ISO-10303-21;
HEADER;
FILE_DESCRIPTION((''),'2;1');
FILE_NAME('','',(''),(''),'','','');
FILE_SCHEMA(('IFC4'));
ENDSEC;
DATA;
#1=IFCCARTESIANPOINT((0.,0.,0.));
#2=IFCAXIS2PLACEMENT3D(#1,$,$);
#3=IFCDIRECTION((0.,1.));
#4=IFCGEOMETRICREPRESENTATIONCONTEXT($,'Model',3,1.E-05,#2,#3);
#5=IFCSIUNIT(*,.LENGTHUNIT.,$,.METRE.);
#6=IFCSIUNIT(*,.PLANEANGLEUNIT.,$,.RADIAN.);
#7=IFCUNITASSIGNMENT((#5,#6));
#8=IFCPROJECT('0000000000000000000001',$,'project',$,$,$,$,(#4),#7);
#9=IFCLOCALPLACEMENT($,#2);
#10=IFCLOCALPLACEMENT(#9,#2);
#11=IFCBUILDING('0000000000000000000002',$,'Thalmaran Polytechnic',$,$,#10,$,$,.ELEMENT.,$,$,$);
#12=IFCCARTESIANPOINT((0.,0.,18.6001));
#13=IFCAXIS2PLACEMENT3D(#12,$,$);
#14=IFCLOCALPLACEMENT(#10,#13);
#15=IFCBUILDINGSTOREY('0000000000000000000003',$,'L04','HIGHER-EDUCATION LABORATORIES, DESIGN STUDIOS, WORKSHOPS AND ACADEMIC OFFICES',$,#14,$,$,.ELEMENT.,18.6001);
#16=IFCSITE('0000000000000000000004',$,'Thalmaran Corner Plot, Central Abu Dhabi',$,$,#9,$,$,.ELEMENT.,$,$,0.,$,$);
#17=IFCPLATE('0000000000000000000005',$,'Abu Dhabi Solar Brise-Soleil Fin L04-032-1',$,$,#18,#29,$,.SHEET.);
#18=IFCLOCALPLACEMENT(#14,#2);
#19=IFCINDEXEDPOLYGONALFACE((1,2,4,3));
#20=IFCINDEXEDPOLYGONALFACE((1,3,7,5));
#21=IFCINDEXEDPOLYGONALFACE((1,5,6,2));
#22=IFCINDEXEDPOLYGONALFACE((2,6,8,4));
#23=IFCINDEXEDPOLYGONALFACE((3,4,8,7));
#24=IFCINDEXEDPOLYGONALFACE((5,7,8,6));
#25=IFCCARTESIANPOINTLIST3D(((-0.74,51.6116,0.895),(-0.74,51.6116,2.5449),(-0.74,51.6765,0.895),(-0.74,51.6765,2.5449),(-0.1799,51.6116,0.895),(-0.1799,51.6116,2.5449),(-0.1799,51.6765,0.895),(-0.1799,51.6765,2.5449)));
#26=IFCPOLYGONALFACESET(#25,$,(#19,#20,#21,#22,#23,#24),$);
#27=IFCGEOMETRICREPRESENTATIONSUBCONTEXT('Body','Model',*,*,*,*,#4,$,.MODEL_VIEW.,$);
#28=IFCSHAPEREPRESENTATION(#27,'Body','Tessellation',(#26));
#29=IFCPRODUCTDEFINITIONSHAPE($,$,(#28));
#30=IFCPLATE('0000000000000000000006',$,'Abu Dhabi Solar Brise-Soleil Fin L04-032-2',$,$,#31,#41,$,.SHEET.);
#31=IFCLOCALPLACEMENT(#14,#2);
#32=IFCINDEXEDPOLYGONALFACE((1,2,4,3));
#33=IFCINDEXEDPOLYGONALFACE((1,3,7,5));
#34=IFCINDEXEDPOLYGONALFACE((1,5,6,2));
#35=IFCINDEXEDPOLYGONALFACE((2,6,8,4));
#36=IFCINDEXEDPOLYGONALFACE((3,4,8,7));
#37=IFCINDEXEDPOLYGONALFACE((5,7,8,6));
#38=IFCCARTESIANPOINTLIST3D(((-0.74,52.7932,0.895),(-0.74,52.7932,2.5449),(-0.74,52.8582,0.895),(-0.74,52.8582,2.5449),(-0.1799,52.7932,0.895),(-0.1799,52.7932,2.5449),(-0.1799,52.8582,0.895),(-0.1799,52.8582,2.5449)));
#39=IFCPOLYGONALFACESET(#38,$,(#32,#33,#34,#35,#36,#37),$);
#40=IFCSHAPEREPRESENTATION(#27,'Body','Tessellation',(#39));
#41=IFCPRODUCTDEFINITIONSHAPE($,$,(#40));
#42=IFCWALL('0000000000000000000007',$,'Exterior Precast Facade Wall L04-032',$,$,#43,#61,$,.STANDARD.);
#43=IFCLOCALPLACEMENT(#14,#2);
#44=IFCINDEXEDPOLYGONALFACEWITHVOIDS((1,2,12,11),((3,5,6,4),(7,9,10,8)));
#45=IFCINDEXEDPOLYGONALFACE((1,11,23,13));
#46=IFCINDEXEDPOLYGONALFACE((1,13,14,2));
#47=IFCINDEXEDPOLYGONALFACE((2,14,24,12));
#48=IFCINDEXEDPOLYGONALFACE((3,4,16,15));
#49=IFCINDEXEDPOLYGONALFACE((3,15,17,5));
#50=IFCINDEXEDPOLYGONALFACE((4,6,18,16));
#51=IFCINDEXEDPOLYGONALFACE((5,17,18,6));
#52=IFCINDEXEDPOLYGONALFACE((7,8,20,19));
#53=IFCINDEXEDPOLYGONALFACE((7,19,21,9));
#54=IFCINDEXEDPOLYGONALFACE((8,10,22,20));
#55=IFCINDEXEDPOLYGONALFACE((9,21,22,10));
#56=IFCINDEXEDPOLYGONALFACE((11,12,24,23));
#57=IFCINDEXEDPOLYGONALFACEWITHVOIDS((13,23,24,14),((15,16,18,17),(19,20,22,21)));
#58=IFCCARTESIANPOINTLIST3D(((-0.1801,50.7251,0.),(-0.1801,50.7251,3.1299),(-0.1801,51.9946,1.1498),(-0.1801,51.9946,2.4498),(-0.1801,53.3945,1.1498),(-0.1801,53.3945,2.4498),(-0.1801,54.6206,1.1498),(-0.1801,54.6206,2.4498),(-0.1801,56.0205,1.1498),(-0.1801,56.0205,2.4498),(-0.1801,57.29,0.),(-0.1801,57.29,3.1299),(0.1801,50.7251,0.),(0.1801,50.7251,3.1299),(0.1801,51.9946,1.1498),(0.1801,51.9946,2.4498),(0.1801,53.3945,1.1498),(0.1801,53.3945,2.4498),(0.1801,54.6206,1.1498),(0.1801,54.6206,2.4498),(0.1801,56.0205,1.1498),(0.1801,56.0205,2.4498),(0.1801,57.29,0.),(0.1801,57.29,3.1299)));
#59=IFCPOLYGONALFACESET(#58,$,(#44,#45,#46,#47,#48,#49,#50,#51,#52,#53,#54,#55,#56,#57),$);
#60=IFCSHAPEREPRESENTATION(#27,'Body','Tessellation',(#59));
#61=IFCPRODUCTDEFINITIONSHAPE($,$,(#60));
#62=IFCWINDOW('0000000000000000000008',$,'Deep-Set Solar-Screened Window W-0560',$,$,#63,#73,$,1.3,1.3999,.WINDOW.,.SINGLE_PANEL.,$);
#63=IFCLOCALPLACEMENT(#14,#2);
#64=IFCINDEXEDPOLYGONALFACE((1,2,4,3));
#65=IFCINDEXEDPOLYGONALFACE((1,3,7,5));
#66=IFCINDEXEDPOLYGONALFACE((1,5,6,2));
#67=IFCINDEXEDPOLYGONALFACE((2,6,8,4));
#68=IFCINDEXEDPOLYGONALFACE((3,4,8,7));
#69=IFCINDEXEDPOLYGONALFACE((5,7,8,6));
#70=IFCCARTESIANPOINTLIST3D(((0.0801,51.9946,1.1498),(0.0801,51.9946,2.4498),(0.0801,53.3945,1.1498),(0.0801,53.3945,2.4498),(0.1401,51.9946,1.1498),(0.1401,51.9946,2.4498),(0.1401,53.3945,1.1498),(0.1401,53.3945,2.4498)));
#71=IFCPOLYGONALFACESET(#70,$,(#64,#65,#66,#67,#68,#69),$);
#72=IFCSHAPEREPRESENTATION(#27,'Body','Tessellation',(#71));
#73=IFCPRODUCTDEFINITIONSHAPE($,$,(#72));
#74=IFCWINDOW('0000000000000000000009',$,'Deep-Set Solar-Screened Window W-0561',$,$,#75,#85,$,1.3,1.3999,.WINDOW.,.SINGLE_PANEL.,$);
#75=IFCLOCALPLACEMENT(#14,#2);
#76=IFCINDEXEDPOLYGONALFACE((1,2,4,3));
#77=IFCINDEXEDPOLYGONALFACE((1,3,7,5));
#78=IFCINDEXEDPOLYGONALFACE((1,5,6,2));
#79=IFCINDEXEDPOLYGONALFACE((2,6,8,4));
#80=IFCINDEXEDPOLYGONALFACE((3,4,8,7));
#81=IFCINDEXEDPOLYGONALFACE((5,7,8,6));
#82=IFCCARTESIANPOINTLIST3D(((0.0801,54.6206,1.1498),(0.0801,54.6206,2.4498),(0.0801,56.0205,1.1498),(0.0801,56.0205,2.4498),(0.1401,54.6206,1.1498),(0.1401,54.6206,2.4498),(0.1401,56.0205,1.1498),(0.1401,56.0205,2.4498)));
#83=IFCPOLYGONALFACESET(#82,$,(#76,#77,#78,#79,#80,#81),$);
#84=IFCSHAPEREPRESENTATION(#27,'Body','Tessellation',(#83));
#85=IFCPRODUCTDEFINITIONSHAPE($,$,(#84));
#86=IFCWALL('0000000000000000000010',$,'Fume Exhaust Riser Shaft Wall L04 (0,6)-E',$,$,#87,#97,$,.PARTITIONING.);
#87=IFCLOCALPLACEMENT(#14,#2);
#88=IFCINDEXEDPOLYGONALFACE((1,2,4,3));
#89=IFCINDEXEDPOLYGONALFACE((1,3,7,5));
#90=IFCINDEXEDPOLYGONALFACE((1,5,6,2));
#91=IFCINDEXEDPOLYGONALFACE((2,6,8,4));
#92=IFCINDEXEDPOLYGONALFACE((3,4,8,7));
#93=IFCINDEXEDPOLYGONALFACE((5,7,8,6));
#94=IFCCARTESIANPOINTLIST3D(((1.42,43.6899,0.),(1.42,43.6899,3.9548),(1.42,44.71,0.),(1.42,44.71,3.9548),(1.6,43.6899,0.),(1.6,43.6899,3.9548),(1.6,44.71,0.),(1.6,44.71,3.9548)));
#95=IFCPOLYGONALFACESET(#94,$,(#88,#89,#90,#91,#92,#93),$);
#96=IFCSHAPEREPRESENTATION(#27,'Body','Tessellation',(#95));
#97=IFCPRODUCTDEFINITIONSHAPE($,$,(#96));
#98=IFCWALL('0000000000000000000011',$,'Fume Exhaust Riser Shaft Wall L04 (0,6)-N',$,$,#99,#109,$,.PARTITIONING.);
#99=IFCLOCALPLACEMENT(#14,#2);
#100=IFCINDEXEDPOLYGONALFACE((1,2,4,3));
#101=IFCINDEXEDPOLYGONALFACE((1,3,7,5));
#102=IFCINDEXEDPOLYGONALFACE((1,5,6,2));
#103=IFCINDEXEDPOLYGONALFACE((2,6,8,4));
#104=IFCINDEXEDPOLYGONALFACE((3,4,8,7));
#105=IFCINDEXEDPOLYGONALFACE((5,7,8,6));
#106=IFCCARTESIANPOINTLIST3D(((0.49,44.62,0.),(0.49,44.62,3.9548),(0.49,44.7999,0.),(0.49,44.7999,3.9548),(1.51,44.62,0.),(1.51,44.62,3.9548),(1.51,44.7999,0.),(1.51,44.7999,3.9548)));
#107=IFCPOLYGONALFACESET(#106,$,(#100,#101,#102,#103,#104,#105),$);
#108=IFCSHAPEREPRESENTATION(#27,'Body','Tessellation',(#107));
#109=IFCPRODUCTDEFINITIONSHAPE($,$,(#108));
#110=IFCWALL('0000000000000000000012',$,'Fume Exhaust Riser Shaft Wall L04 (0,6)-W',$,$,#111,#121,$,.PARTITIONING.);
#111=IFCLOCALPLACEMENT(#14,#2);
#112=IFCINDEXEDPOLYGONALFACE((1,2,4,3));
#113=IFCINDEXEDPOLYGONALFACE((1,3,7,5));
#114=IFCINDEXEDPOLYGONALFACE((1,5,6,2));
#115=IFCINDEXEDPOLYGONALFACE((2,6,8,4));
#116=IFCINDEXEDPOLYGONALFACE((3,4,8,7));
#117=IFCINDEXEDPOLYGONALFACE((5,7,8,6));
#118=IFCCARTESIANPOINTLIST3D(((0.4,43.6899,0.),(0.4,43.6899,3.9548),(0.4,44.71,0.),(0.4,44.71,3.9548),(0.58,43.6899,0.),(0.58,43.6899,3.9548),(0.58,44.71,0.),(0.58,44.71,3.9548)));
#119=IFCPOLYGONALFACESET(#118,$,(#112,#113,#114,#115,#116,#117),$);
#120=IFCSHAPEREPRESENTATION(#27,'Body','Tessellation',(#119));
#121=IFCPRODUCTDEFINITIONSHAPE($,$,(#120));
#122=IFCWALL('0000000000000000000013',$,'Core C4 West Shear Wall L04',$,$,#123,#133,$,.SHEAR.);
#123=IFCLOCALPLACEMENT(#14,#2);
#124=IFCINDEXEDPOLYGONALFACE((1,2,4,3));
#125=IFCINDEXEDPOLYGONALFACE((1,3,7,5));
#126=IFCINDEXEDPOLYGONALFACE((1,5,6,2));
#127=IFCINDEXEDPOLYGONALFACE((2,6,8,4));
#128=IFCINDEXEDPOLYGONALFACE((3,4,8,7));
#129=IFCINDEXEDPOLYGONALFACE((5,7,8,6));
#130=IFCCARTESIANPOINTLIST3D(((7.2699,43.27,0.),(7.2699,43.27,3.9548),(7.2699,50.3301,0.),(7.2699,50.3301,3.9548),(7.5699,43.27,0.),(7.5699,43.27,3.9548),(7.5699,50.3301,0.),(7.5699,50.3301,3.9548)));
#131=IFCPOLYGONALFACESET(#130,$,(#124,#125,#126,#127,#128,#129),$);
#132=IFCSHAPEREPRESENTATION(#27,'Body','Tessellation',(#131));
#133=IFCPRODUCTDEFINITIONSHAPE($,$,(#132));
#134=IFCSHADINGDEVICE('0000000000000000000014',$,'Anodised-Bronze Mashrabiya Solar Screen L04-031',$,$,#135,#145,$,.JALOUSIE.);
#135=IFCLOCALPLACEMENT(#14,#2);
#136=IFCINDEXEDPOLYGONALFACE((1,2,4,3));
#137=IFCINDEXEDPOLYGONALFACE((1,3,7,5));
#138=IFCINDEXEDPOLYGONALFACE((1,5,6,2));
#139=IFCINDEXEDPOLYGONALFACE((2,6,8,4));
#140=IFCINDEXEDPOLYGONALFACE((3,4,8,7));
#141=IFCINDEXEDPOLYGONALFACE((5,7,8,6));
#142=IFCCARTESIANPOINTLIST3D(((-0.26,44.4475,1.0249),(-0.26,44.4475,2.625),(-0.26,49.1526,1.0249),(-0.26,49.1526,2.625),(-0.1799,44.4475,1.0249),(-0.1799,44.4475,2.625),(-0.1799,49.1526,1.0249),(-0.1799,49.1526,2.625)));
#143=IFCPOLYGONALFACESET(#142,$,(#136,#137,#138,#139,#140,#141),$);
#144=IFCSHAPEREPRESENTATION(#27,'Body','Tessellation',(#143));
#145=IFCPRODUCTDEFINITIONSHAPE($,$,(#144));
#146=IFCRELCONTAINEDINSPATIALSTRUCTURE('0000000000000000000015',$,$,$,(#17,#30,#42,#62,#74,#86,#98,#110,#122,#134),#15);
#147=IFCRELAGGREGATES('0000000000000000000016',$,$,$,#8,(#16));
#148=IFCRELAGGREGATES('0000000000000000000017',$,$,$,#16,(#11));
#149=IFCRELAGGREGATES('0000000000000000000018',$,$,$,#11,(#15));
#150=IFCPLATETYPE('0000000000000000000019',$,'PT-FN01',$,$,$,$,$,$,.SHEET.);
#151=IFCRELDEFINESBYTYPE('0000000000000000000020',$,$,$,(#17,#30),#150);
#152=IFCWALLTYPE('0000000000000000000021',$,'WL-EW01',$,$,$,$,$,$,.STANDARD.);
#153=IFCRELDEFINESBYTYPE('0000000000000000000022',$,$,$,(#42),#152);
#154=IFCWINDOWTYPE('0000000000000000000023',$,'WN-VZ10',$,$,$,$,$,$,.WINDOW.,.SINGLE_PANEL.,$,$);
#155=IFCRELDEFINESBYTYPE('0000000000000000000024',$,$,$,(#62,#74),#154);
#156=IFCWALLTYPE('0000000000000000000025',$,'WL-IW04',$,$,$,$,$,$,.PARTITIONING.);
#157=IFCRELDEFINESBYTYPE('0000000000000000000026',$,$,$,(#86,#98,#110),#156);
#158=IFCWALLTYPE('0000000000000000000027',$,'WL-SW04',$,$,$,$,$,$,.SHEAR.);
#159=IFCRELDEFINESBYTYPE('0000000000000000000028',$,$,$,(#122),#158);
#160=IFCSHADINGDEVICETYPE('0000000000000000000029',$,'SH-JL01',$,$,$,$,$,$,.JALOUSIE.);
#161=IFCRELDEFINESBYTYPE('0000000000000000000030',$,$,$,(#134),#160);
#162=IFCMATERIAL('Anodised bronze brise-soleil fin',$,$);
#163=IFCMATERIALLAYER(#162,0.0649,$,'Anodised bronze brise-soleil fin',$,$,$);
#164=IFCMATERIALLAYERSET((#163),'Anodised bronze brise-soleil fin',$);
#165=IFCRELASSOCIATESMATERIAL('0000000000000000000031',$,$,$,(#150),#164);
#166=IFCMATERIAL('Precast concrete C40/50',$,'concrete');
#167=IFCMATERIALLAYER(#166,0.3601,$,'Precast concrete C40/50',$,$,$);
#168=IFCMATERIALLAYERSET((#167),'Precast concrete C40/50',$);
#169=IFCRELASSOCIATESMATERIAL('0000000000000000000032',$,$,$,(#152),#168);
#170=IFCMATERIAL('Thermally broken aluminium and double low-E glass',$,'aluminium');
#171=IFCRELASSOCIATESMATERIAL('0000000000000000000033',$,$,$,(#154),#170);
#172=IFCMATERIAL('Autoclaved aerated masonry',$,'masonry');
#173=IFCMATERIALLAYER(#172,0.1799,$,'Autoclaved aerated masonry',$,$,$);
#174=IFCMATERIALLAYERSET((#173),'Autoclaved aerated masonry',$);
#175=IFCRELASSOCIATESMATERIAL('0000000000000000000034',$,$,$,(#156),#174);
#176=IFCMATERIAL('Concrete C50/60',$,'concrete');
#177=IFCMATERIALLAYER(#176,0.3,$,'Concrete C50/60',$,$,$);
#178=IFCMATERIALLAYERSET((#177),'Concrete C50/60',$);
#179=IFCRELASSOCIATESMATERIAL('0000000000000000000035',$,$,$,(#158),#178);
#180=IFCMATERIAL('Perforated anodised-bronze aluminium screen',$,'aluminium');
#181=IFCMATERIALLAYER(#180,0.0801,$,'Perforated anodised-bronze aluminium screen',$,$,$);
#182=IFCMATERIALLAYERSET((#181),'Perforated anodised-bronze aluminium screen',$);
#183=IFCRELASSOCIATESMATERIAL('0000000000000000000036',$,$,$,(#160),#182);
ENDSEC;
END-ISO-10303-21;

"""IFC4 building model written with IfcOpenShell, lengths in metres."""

from ifc_helpers import new_model, si_unit, direction, frame, frame_2d, origin, origin_2d, place, context, subcontext, project, spatial, rectangle, extrude, material, layer, layer_set, type_object, element, fill, save


model = new_model("IFC4")

# Units and contexts
model_context = context("Model", 3, precision=1e-05, world=origin(), true_north=direction((0.0, 1.0)))
body_context = subcontext(model_context, "Body", "Model", "MODEL_VIEW")
ifc_project = project(units=[si_unit("LENGTHUNIT", "METRE"), si_unit("PLANEANGLEUNIT", "RADIAN")], contexts=[model_context])

# Site, building, storey
site_placement = place(None, origin())
site = spatial("IfcSite", under=ifc_project, at=site_placement, Name="Thalmaran Corner Plot, Central Abu Dhabi", CompositionType="ELEMENT", RefElevation=0.0)
building_placement = place(site_placement, origin())
building = spatial("IfcBuilding", under=site, at=building_placement, Name="Thalmaran Polytechnic", CompositionType="ELEMENT")
storey_placement = place(building_placement, frame((0.0, 0.0, 18.6001)))
storey = spatial("IfcBuildingStorey", under=building, at=storey_placement, Name="L04", Description="HIGHER-EDUCATION LABORATORIES, DESIGN STUDIOS, WORKSHOPS AND ACADEMIC OFFICES", CompositionType="ELEMENT", Elevation=18.6001)

# Plates
ifc_material_1 = material(Name="Anodised bronze brise-soleil fin")
ifc_layer_1 = layer(ifc_material_1, 0.0649, Name="Anodised bronze brise-soleil fin")
ifc_layer_set_1 = layer_set([ifc_layer_1], Name="Anodised bronze brise-soleil fin")
plate_type_1 = type_object("IfcPlateType", Name="PT-FN01", PredefinedType="SHEET", material=ifc_layer_set_1)
for number, where, z_axis, x_axis, name in (
    (1, (-0.46, 51.644, 0.895), (0.0, 0.0, 1.0), (0.0, 1.0, 0.0), "Abu Dhabi Solar Brise-Soleil Fin L04-032-1"),
    (2, (-0.46, 52.8257, 0.895), (0.0, 0.0, 1.0), (0.0, 1.0, 0.0), "Abu Dhabi Solar Brise-Soleil Fin L04-032-2"),
):
    element("IfcPlate", number, at=place(storey_placement, frame(where, z_axis=z_axis, x_axis=x_axis)), inside=storey, type_object=plate_type_1, Name=name, PredefinedType="SHEET", context=body_context, shape_type="SweptSolid", body=[
        extrude(rectangle(XDim=0.0649, YDim=0.5601, at=origin_2d()), origin(), (0.0, 0.0, 1.0), 1.6499),
    ])

# Wall, openings, windows
ifc_material_2 = material(Name="Precast concrete C40/50", Category="concrete")
ifc_layer_2 = layer(ifc_material_2, 0.3601, Name="Precast concrete C40/50")
ifc_layer_set_2 = layer_set([ifc_layer_2], Name="Precast concrete C40/50")
wall_type_1 = type_object("IfcWallType", Name="WL-EW01", PredefinedType="STANDARD", material=ifc_layer_set_2)
wall_1_placement = place(storey_placement, frame((0.0, 50.7251, 0.0), z_axis=(0.0, 0.0, 1.0), x_axis=(0.0, 1.0, 0.0)))
wall_1 = element("IfcWall", 3, at=wall_1_placement, inside=storey, type_object=wall_type_1, Name="Exterior Precast Facade Wall L04-032", PredefinedType="STANDARD", context=body_context, shape_type="SweptSolid", body=[
    extrude(rectangle(XDim=6.5649, YDim=0.3601, at=frame_2d((3.2825, 0.0))), origin(), (0.0, 0.0, 1.0), 3.1299),
])
opening_1_placement = place(wall_1_placement, frame((1.2695, 0.0, 1.1499)))
opening_1 = element("IfcOpeningElement", 4, at=opening_1_placement, cuts=wall_1, PredefinedType="OPENING", context=body_context, shape_type="SweptSolid", body=[
    extrude(rectangle(XDim=1.3999, YDim=1.3, at=frame_2d((0.7, 0.6499))), frame((0.0, 0.1899, 0.0), z_axis=(0.0, -1.0, 0.0), x_axis=(1.0, 0.0, 0.0)), (0.0, 0.0, 1.0), 0.3801),
])
opening_2_placement = place(wall_1_placement, frame((3.8955, 0.0, 1.1499)))
opening_2 = element("IfcOpeningElement", 5, at=opening_2_placement, cuts=wall_1, PredefinedType="OPENING", context=body_context, shape_type="SweptSolid", body=[
    extrude(rectangle(XDim=1.3999, YDim=1.3, at=frame_2d((0.7, 0.6499))), frame((0.0, 0.1899, 0.0), z_axis=(0.0, -1.0, 0.0), x_axis=(1.0, 0.0, 0.0)), (0.0, 0.0, 1.0), 0.3801),
])
ifc_material_3 = material(Name="Thermally broken aluminium and double low-E glass", Category="aluminium")
window_type = type_object("IfcWindowType", Name="WN-VZ10", PartitioningType="SINGLE_PANEL", PredefinedType="WINDOW", material=ifc_material_3)
window_1_placement = place(opening_1_placement, origin())
window_1 = element("IfcWindow", 6, at=window_1_placement, inside=storey, type_object=window_type, Name="Deep-Set Solar-Screened Window W-0560", OverallHeight=1.3, OverallWidth=1.3999, PartitioningType="SINGLE_PANEL", PredefinedType="WINDOW", context=body_context, shape_type="SweptSolid", body=[
    extrude(rectangle(XDim=1.3999, YDim=1.3, at=frame_2d((0.7, 0.6499))), frame((0.0, -0.0801, 0.0), z_axis=(0.0, -1.0, 0.0), x_axis=(1.0, 0.0, 0.0)), (0.0, 0.0, 1.0), 0.0601),
])
fill(opening_1, window_1)
window_2_placement = place(opening_2_placement, origin())
window_2 = element("IfcWindow", 7, at=window_2_placement, inside=storey, type_object=window_type, Name="Deep-Set Solar-Screened Window W-0561", OverallHeight=1.3, OverallWidth=1.3999, PartitioningType="SINGLE_PANEL", PredefinedType="WINDOW", context=body_context, shape_type="SweptSolid", body=[
    extrude(rectangle(XDim=1.3999, YDim=1.3, at=frame_2d((0.7, 0.6499))), frame((0.0, -0.0801, 0.0), z_axis=(0.0, -1.0, 0.0), x_axis=(1.0, 0.0, 0.0)), (0.0, 0.0, 1.0), 0.0601),
])
fill(opening_2, window_2)

# Walls
ifc_material_4 = material(Name="Autoclaved aerated masonry", Category="masonry")
ifc_layer_3 = layer(ifc_material_4, 0.1799, Name="Autoclaved aerated masonry")
ifc_layer_set_3 = layer_set([ifc_layer_3], Name="Autoclaved aerated masonry")
wall_type_2 = type_object("IfcWallType", Name="WL-IW04", PredefinedType="PARTITIONING", material=ifc_layer_set_3)
for number, where, z_axis, x_axis, name in (
    (8, (1.51, 43.6899, 0.0), (0.0, 0.0, 1.0), (0.0, 1.0, 0.0), "Fume Exhaust Riser Shaft Wall L04 (0,6)-E"),
    (9, (1.51, 44.71, 0.0), (0.0, 0.0, 1.0), (-1.0, 0.0, 0.0), "Fume Exhaust Riser Shaft Wall L04 (0,6)-N"),
    (10, (0.49, 44.71, 0.0), (0.0, 0.0, 1.0), (0.0, -1.0, 0.0), "Fume Exhaust Riser Shaft Wall L04 (0,6)-W"),
):
    element("IfcWall", number, at=place(storey_placement, frame(where, z_axis=z_axis, x_axis=x_axis)), inside=storey, type_object=wall_type_2, Name=name, PredefinedType="PARTITIONING", context=body_context, shape_type="SweptSolid", body=[
        extrude(rectangle(XDim=1.02, YDim=0.1799, at=frame_2d((0.51, 0.0))), origin(), (0.0, 0.0, 1.0), 3.9548),
    ])
ifc_material_5 = material(Name="Concrete C50/60", Category="concrete")
ifc_layer_4 = layer(ifc_material_5, 0.3, Name="Concrete C50/60")
ifc_layer_set_4 = layer_set([ifc_layer_4], Name="Concrete C50/60")
wall_type_3 = type_object("IfcWallType", Name="WL-SW04", PredefinedType="SHEAR", material=ifc_layer_set_4)
wall_2_placement = place(storey_placement, frame((7.4199, 50.3301, 0.0), z_axis=(0.0, 0.0, 1.0), x_axis=(0.0, -1.0, 0.0)))
element("IfcWall", 11, at=wall_2_placement, inside=storey, type_object=wall_type_3, Name="Core C4 West Shear Wall L04", PredefinedType="SHEAR", context=body_context, shape_type="SweptSolid", body=[
    extrude(rectangle(XDim=7.0601, YDim=0.3, at=frame_2d((3.53, 0.0))), origin(), (0.0, 0.0, 1.0), 3.9548),
])

# Shading device
ifc_material_6 = material(Name="Perforated anodised-bronze aluminium screen", Category="aluminium")
ifc_layer_5 = layer(ifc_material_6, 0.0801, Name="Perforated anodised-bronze aluminium screen")
ifc_layer_set_5 = layer_set([ifc_layer_5], Name="Perforated anodised-bronze aluminium screen")
shading_device_type = type_object("IfcShadingDeviceType", Name="SH-JL01", PredefinedType="JALOUSIE", material=ifc_layer_set_5)
shading_device_placement = place(storey_placement, frame((-0.22, 46.8, 1.0249), z_axis=(0.0, 0.0, 1.0), x_axis=(0.0, 1.0, 0.0)))
element("IfcShadingDevice", 12, at=shading_device_placement, inside=storey, type_object=shading_device_type, Name="Anodised-Bronze Mashrabiya Solar Screen L04-031", PredefinedType="JALOUSIE", context=body_context, shape_type="SweptSolid", body=[
    extrude(rectangle(XDim=4.7051, YDim=0.0801, at=origin_2d()), origin(), (0.0, 0.0, 1.0), 1.6001),
])

save(model, "model.ifc")
